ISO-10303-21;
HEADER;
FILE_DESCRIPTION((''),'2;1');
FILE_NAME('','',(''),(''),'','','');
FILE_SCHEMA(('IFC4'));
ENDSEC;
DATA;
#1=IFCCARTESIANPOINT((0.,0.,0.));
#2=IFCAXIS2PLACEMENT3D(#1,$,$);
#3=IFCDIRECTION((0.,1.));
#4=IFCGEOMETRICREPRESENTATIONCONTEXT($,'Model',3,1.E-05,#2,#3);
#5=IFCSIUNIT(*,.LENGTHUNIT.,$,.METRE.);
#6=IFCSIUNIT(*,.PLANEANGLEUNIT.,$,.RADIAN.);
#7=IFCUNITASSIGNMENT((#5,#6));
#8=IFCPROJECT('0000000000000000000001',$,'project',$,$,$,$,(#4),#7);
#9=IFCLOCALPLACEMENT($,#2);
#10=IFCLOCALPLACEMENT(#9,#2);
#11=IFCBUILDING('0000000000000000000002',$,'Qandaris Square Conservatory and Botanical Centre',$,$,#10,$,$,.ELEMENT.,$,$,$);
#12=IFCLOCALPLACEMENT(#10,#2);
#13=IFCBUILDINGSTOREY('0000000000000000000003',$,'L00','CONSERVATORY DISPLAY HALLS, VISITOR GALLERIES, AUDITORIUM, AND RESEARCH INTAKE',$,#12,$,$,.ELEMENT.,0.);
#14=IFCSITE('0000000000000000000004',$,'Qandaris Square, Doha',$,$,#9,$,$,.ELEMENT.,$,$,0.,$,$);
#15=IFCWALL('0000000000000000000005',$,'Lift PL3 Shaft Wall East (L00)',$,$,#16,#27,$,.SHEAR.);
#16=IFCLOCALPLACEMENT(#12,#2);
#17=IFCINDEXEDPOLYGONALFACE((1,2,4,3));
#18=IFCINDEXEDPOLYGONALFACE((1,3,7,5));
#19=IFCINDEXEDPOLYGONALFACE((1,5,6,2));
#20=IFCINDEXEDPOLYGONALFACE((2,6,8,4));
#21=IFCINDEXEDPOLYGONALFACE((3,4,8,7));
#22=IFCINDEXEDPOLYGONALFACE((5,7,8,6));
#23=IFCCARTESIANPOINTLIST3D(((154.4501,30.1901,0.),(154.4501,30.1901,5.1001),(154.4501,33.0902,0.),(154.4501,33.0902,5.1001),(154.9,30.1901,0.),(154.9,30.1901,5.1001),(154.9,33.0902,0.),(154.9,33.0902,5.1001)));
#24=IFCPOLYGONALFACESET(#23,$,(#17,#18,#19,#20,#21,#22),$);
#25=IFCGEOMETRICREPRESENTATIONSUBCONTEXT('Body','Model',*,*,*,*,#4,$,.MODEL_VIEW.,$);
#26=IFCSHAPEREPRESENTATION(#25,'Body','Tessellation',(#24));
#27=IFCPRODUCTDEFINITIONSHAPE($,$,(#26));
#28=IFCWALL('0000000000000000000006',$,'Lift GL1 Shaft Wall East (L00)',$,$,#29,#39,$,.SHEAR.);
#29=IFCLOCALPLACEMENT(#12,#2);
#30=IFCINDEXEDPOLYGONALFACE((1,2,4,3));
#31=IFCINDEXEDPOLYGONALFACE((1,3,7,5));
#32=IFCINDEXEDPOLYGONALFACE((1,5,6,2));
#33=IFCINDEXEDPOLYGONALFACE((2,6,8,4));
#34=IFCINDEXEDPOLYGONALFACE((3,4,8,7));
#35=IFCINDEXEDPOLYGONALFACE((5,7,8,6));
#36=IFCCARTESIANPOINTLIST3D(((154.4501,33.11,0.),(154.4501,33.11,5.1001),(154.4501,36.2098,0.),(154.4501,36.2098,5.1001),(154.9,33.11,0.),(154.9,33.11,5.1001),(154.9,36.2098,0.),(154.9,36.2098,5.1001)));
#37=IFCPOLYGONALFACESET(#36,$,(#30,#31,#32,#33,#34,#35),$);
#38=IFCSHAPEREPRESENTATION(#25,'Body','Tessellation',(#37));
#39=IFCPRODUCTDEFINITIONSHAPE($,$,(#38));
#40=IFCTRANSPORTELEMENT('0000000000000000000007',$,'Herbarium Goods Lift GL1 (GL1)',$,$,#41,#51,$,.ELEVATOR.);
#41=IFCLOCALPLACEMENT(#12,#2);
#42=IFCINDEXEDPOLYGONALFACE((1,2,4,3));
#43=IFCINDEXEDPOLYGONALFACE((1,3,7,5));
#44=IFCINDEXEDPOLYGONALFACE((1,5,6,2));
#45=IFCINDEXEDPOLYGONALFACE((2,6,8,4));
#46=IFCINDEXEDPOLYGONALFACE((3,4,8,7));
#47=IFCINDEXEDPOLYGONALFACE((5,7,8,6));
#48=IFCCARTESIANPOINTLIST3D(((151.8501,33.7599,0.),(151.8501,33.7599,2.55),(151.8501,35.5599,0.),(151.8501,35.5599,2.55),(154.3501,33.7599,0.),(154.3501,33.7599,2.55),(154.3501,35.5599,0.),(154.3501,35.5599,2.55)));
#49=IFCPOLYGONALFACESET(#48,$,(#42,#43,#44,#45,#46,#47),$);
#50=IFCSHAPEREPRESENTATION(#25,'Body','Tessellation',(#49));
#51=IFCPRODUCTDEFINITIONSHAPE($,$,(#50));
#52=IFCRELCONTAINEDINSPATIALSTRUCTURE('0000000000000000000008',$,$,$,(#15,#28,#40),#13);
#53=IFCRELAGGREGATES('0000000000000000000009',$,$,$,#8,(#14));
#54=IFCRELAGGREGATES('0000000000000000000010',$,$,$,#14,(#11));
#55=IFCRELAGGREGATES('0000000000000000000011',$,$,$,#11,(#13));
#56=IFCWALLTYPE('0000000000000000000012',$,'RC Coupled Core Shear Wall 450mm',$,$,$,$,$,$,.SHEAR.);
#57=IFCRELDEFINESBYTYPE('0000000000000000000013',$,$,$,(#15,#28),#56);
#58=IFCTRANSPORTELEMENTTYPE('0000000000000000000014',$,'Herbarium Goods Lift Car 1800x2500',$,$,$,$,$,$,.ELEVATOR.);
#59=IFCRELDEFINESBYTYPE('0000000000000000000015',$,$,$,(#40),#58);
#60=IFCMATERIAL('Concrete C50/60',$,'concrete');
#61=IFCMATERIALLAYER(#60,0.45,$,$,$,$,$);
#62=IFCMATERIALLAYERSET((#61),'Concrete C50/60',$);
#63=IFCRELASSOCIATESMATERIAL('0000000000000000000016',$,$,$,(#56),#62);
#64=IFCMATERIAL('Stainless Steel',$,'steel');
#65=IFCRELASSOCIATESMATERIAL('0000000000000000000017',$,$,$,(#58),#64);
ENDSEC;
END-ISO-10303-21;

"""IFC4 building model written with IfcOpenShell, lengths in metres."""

from ifc_helpers import new_model, si_unit, direction, frame, frame_2d, origin, origin_2d, place, context, subcontext, project, spatial, rectangle, extrude, material, layer, layer_set, type_object, element, save


model = new_model("IFC4")

# Units and contexts
model_context = context("Model", 3, precision=1e-05, world=origin(), true_north=direction((0.0, 1.0)))
body_context = subcontext(model_context, "Body", "Model", "MODEL_VIEW")
ifc_project = project(units=[si_unit("LENGTHUNIT", "METRE"), si_unit("PLANEANGLEUNIT", "RADIAN")], contexts=[model_context])

# Site, building, storey
site_placement = place(None, origin())
site = spatial("IfcSite", under=ifc_project, at=site_placement, Name="Qandaris Square, Doha", CompositionType="ELEMENT", RefElevation=0.0)
building_placement = place(site_placement, origin())
building = spatial("IfcBuilding", under=site, at=building_placement, Name="Qandaris Square Conservatory and Botanical Centre", CompositionType="ELEMENT")
storey_placement = place(building_placement, origin())
storey = spatial("IfcBuildingStorey", under=building, at=storey_placement, Name="L00", Description="CONSERVATORY DISPLAY HALLS, VISITOR GALLERIES, AUDITORIUM, AND RESEARCH INTAKE", CompositionType="ELEMENT", Elevation=0.0)

# Shared definitions
ifc_material_1 = material(Name="Concrete C50/60", Category="concrete")

# Walls
ifc_layer_1 = layer(ifc_material_1, 0.45)
ifc_layer_set_1 = layer_set([ifc_layer_1], Name="Concrete C50/60")
wall_type_1 = type_object("IfcWallType", Name="RC Coupled Core Shear Wall 450mm", PredefinedType="SHEAR", material=ifc_layer_set_1)
wall_1_placement = place(storey_placement, frame((154.675, 30.1899, 0.0), z_axis=(0.0, 0.0, 1.0), x_axis=(0.0, 1.0, 0.0)))
element("IfcWall", 1, at=wall_1_placement, inside=storey, type_object=wall_type_1, Name="Lift PL3 Shaft Wall East (L00)", PredefinedType="SHEAR", context=body_context, shape_type="SweptSolid", body=[
    extrude(rectangle(XDim=2.9001, YDim=0.45, at=frame_2d((1.4502, 0.0))), origin(), (0.0, 0.0, 1.0), 5.1001),
])
wall_2_placement = place(storey_placement, frame((154.675, 33.1101, 0.0), z_axis=(0.0, 0.0, 1.0), x_axis=(0.0, 1.0, 0.0)))
element("IfcWall", 2, at=wall_2_placement, inside=storey, type_object=wall_type_1, Name="Lift GL1 Shaft Wall East (L00)", PredefinedType="SHEAR", context=body_context, shape_type="SweptSolid", body=[
    extrude(rectangle(XDim=3.0999, YDim=0.45, at=frame_2d((1.5498, 0.0))), origin(), (0.0, 0.0, 1.0), 5.1001),
])

# Transport element
ifc_material_2 = material(Name="Stainless Steel", Category="steel")
transport_element_type = type_object("IfcTransportElementType", Name="Herbarium Goods Lift Car 1800x2500", PredefinedType="ELEVATOR", material=ifc_material_2)
transport_element_placement = place(storey_placement, frame((153.1001, 34.6599, 0.0), z_axis=(0.0, 0.0, 1.0), x_axis=(1.0, 0.0, 0.0)))
element("IfcTransportElement", 3, at=transport_element_placement, inside=storey, type_object=transport_element_type, Name="Herbarium Goods Lift GL1 (GL1)", PredefinedType="ELEVATOR", context=body_context, shape_type="SweptSolid", body=[
    extrude(rectangle(XDim=2.5, YDim=1.8, at=origin_2d()), origin(), (0.0, 0.0, 1.0), 2.55),
])

save(model, "model.ifc")
